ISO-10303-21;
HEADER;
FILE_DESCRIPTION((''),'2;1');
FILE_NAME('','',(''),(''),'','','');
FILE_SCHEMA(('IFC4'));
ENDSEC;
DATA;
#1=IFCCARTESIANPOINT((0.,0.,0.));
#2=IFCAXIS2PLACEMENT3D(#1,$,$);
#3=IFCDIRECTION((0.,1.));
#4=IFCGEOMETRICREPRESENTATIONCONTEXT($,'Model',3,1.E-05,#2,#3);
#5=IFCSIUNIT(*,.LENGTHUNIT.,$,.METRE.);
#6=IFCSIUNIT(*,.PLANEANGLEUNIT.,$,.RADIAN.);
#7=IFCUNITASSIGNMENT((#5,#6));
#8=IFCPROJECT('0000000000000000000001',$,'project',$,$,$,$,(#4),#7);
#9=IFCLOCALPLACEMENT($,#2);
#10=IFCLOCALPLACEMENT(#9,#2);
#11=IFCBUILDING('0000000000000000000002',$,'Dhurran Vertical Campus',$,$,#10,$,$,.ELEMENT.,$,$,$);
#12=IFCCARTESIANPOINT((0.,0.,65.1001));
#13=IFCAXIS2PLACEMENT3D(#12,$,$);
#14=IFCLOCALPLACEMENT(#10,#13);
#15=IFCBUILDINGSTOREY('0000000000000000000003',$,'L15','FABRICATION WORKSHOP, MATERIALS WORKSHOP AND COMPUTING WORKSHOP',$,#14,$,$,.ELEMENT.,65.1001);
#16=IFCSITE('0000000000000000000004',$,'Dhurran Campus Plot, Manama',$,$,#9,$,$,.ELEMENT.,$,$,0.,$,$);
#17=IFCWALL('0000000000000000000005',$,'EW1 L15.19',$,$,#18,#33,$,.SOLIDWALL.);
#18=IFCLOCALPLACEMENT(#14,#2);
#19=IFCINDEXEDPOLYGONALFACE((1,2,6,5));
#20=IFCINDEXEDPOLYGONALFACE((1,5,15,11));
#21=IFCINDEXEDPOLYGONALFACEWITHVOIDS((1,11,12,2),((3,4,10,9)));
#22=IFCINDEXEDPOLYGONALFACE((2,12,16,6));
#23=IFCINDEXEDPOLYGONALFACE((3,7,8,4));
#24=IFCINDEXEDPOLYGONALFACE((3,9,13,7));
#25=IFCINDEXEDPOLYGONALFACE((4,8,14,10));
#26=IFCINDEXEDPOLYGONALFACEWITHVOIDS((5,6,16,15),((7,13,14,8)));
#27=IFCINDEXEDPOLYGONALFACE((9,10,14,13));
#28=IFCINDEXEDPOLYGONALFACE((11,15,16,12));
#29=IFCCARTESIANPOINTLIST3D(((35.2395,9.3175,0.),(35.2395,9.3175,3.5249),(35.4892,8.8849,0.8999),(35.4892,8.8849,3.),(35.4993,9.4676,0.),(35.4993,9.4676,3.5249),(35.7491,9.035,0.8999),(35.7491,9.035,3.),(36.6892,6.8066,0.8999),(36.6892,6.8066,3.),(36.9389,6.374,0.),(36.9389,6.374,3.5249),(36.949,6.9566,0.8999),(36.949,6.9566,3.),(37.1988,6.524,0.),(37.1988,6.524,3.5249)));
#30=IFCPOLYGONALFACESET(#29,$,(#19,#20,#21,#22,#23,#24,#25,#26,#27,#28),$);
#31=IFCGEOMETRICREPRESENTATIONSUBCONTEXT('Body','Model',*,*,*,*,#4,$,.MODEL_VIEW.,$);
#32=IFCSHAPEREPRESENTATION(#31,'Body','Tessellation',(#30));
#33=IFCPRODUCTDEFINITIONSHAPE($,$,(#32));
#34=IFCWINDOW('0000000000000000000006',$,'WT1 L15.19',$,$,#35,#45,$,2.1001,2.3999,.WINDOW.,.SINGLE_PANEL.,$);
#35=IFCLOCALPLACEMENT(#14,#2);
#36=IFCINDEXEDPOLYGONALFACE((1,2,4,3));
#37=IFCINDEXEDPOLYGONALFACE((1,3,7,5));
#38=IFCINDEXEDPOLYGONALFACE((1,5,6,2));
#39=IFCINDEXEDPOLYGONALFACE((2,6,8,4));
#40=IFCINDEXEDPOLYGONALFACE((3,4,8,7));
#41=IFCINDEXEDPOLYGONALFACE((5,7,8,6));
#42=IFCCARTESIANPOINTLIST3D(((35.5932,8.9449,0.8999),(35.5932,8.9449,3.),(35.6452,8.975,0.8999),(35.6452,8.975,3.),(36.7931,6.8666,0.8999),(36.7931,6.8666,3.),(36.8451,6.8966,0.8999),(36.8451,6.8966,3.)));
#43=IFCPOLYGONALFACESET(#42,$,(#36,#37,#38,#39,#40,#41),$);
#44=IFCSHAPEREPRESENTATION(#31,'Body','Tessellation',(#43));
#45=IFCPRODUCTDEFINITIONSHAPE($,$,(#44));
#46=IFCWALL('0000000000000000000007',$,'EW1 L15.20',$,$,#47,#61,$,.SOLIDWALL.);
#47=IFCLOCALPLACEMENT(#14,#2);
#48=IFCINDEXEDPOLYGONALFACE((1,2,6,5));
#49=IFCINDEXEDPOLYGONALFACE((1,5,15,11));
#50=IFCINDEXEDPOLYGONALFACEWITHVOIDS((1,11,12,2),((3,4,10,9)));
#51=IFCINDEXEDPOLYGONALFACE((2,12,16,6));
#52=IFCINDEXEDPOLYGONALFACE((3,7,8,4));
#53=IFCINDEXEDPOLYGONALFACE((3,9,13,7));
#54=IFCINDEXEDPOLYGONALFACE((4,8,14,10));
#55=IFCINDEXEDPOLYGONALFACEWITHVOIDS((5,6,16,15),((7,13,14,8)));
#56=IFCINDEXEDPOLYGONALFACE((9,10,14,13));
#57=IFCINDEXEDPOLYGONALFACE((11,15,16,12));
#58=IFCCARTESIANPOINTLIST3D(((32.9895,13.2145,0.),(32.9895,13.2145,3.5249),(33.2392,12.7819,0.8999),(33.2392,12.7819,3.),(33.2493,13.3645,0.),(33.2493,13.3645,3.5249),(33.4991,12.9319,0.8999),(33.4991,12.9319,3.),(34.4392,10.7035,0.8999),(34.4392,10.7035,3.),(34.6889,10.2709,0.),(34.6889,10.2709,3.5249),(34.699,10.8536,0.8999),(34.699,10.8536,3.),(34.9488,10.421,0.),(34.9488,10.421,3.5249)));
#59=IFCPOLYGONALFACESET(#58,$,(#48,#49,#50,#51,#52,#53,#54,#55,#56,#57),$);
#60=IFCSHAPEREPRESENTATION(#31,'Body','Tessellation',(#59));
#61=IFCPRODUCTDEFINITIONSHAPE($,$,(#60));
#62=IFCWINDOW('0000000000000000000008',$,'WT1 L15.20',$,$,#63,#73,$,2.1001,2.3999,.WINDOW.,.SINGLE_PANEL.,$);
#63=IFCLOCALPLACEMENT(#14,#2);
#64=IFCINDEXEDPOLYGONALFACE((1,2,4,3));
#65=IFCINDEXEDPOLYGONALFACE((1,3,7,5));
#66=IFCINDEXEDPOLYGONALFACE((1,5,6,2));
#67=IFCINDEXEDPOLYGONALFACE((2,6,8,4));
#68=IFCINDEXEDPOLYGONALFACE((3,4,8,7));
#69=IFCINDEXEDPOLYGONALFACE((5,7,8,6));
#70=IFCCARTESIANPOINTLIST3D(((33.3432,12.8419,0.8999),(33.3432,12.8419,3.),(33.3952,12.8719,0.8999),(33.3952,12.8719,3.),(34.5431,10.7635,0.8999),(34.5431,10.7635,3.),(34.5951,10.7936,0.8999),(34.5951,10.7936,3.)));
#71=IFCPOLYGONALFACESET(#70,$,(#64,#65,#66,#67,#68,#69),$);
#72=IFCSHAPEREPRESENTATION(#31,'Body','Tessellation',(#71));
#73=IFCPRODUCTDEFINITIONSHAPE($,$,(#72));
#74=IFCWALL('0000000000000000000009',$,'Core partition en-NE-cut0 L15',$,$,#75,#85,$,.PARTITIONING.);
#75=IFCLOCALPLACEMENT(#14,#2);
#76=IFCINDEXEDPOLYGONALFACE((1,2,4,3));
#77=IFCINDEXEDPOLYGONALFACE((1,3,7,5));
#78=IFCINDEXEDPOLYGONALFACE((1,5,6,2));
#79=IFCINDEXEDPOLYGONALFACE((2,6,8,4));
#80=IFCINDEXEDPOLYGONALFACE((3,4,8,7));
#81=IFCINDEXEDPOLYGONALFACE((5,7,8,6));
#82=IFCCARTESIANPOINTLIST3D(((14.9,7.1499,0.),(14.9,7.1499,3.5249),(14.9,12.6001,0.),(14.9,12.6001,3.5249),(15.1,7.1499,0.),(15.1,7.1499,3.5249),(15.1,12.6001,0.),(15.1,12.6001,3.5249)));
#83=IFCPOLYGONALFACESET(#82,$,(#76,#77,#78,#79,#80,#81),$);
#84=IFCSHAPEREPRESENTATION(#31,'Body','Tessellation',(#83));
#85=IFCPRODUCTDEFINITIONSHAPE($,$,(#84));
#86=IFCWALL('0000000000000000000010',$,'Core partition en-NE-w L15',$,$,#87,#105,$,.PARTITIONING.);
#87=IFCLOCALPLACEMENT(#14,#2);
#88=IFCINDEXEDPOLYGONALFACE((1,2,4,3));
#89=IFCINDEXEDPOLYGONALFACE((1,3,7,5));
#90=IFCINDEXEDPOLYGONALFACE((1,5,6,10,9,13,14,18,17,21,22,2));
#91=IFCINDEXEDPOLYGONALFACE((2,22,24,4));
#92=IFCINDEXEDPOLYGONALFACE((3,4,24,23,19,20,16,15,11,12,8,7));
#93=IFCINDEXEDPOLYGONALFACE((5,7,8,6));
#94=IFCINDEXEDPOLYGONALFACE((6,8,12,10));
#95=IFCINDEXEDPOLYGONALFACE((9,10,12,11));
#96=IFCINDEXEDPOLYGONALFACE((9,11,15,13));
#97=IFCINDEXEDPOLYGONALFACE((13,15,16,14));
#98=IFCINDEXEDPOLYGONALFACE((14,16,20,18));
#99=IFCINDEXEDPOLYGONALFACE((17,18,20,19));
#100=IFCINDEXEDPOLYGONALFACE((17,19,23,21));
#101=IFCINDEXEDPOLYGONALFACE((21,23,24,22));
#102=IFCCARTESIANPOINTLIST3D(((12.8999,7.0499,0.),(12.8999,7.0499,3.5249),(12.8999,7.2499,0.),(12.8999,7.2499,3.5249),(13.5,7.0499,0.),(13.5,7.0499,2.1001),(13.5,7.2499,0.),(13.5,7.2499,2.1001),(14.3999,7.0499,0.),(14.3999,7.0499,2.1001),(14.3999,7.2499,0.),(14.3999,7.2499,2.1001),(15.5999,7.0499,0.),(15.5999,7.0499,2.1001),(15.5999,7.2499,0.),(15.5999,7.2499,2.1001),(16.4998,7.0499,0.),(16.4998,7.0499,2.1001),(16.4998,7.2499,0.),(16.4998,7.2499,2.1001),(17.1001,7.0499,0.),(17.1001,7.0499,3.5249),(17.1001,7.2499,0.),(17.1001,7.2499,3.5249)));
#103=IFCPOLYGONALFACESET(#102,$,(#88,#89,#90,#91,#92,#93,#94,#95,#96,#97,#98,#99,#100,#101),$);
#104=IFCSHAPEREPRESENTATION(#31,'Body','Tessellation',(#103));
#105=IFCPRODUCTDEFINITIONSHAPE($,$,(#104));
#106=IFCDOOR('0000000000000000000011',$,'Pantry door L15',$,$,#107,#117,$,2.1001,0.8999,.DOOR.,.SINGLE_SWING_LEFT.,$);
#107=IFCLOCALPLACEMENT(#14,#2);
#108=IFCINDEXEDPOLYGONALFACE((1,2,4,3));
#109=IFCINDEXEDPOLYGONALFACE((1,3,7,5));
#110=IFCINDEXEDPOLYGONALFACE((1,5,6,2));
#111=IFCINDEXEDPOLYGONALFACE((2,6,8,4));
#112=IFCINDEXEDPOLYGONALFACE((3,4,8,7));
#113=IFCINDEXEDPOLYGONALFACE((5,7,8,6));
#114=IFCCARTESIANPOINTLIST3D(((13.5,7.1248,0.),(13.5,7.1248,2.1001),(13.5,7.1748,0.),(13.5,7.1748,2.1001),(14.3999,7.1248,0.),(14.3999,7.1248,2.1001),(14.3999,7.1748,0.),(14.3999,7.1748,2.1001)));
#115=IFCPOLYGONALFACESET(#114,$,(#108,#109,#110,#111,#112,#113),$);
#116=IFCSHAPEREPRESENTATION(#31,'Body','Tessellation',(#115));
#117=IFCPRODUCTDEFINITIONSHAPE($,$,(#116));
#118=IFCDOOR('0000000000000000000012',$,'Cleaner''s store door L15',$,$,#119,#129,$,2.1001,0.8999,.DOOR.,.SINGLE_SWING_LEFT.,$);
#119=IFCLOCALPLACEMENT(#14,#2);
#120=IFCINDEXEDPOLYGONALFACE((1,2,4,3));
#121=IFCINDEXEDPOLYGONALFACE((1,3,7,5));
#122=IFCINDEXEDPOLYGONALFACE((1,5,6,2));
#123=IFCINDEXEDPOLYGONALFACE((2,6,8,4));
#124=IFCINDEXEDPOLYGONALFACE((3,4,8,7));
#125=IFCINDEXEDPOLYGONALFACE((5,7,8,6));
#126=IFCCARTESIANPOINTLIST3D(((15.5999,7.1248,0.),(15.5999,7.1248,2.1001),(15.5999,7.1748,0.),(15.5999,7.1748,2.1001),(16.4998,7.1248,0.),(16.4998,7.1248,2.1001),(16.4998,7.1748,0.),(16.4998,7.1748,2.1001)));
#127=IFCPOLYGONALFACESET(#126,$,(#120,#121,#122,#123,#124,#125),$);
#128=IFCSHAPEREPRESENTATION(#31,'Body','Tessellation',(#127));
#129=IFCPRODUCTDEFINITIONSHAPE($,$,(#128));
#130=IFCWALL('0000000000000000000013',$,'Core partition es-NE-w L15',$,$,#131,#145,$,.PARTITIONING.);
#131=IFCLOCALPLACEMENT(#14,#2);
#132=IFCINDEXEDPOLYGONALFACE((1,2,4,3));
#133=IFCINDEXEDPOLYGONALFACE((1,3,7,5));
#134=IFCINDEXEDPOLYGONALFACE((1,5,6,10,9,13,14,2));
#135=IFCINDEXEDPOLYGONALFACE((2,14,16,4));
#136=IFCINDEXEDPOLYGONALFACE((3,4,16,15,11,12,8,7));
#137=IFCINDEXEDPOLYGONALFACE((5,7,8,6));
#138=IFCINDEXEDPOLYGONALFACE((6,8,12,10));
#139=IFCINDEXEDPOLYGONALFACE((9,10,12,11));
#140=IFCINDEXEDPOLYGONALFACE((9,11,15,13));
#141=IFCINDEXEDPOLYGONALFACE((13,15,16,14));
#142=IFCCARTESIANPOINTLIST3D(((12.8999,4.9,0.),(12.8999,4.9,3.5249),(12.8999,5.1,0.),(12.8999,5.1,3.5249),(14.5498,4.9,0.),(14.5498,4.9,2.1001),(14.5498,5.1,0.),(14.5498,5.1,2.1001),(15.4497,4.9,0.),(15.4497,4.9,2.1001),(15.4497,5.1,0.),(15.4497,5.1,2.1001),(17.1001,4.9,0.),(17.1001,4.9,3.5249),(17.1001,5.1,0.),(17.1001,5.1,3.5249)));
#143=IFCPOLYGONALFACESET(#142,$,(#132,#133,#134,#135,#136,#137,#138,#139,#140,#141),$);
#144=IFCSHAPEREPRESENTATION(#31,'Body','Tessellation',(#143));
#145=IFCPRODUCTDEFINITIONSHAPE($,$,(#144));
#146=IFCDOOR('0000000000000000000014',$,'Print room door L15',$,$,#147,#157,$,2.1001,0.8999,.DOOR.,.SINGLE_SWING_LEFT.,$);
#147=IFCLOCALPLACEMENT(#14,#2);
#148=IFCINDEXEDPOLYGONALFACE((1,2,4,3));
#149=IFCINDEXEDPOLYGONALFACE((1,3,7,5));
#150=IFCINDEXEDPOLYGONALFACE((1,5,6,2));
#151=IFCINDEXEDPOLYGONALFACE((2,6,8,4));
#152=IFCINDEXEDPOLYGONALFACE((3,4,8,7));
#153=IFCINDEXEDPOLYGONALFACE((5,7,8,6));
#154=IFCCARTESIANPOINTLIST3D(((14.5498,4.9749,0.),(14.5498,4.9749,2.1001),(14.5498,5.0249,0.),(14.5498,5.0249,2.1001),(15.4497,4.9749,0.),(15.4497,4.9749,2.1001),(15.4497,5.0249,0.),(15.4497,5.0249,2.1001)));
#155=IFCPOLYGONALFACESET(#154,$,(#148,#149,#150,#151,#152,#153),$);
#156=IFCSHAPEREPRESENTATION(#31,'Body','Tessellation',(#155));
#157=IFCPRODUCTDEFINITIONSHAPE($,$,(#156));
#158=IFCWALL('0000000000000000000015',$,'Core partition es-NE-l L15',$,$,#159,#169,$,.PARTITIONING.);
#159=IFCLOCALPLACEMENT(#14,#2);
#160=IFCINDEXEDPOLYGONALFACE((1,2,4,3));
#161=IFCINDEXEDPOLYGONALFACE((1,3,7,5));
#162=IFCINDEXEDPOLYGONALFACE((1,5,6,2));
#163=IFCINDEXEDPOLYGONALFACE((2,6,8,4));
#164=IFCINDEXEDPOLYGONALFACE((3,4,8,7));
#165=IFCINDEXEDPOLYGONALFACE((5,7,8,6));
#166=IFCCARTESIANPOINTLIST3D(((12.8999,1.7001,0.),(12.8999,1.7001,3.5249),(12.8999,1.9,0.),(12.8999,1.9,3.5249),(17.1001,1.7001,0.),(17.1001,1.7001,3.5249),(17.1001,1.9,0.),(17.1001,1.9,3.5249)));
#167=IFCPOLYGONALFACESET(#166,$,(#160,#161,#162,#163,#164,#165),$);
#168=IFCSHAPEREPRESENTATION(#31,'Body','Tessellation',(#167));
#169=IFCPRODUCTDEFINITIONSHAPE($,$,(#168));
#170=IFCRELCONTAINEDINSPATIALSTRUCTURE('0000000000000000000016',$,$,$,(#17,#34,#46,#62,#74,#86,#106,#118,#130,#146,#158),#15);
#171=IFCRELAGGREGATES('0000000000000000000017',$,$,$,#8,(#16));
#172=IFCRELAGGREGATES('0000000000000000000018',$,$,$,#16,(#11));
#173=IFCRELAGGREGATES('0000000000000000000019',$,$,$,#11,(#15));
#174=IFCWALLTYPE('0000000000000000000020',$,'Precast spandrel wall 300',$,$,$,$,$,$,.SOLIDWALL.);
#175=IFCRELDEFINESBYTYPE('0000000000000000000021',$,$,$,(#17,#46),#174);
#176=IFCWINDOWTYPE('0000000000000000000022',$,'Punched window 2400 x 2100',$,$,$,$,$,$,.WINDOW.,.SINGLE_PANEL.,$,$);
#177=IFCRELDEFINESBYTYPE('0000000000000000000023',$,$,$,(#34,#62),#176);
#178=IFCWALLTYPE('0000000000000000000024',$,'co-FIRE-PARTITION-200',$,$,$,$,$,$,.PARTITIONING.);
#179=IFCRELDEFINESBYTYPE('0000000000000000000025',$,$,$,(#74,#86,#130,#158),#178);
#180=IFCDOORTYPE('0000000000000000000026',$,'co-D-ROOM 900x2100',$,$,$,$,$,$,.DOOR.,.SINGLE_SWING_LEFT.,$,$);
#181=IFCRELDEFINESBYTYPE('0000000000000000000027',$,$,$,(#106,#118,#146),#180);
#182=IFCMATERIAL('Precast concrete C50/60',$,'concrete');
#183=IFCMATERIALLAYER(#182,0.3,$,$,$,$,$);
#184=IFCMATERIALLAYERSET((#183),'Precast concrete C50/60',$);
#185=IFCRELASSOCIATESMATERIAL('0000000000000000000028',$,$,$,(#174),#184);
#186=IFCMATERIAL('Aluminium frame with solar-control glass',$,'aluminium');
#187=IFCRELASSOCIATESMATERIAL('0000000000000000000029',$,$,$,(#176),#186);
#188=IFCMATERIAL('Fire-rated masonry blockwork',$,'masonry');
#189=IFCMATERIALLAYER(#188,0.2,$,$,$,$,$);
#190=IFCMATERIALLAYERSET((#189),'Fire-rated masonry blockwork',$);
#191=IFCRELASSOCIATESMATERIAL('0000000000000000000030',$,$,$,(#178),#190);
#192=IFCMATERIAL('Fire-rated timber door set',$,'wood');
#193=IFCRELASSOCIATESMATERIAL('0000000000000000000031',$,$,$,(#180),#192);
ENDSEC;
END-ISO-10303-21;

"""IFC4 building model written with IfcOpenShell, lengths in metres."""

from ifc_helpers import new_model, si_unit, direction, frame, frame_2d, origin, place, context, subcontext, project, spatial, rectangle, extrude, material, layer, layer_set, type_object, element, fill, save


model = new_model("IFC4")

# Units and contexts
model_context = context("Model", 3, precision=1e-05, world=origin(), true_north=direction((0.0, 1.0)))
body_context = subcontext(model_context, "Body", "Model", "MODEL_VIEW")
ifc_project = project(units=[si_unit("LENGTHUNIT", "METRE"), si_unit("PLANEANGLEUNIT", "RADIAN")], contexts=[model_context])

# Site, building, storey
site_placement = place(None, origin())
site = spatial("IfcSite", under=ifc_project, at=site_placement, Name="Dhurran Campus Plot, Manama", CompositionType="ELEMENT", RefElevation=0.0)
building_placement = place(site_placement, origin())
building = spatial("IfcBuilding", under=site, at=building_placement, Name="Dhurran Vertical Campus", CompositionType="ELEMENT")
storey_placement = place(building_placement, frame((0.0, 0.0, 65.1001)))
storey = spatial("IfcBuildingStorey", under=building, at=storey_placement, Name="L15", Description="FABRICATION WORKSHOP, MATERIALS WORKSHOP AND COMPUTING WORKSHOP", CompositionType="ELEMENT", Elevation=65.1001)

# Walls, openings, windows
ifc_material_1 = material(Name="Precast concrete C50/60", Category="concrete")
ifc_layer_1 = layer(ifc_material_1, 0.3)
ifc_layer_set_1 = layer_set([ifc_layer_1], Name="Precast concrete C50/60")
wall_type_1 = type_object("IfcWallType", Name="Precast spandrel wall 300", PredefinedType="SOLIDWALL", material=ifc_layer_set_1)
ifc_material_2 = material(Name="Aluminium frame with solar-control glass", Category="aluminium")
window_type = type_object("IfcWindowType", Name="Punched window 2400 x 2100", PartitioningType="SINGLE_PANEL", PredefinedType="WINDOW", material=ifc_material_2)
wall_1_placement = place(storey_placement, frame((37.0688, 6.449, 0.0), z_axis=(0.0, 0.0, 1.0), x_axis=(-0.499994, 0.866029, 0.0)))
wall_1 = element("IfcWall", 1, at=wall_1_placement, inside=storey, type_object=wall_type_1, Name="EW1 L15.19", PredefinedType="SOLIDWALL", context=body_context, shape_type="SweptSolid", body=[
    extrude(rectangle(XDim=3.3989, YDim=0.3, at=frame_2d((1.6995, 0.0))), origin(), (0.0, 0.0, 1.0), 3.5249),
])
opening_1_placement = place(wall_1_placement, frame((0.4995, 0.0, 0.8999)))
opening_1 = element("IfcOpeningElement", 2, at=opening_1_placement, cuts=wall_1, PredefinedType="OPENING", context=body_context, shape_type="SweptSolid", body=[
    extrude(rectangle(XDim=2.3999, YDim=2.1001, at=frame_2d((1.2, 1.05))), frame((0.0, 0.1599, 0.0), z_axis=(0.0, -1.0, 0.0), x_axis=(1.0, 0.0, 0.0)), (0.0, 0.0, 1.0), 0.3201),
])
window_1_placement = place(opening_1_placement, origin())
window_1 = element("IfcWindow", 3, at=window_1_placement, inside=storey, type_object=window_type, Name="WT1 L15.19", OverallHeight=2.1001, OverallWidth=2.3999, PartitioningType="SINGLE_PANEL", PredefinedType="WINDOW", context=body_context, shape_type="SweptSolid", body=[
    extrude(rectangle(XDim=2.3999, YDim=2.1001, at=frame_2d((1.2, 1.05))), frame((0.0, 0.03, 0.0), z_axis=(0.0, -1.0, 0.0), x_axis=(1.0, 0.0, 0.0)), (0.0, 0.0, 1.0), 0.0601),
])
fill(opening_1, window_1)
wall_2_placement = place(storey_placement, frame((34.8188, 10.3459, 0.0), z_axis=(0.0, 0.0, 1.0), x_axis=(-0.499994, 0.866029, 0.0)))
wall_2 = element("IfcWall", 4, at=wall_2_placement, inside=storey, type_object=wall_type_1, Name="EW1 L15.20", PredefinedType="SOLIDWALL", context=body_context, shape_type="SweptSolid", body=[
    extrude(rectangle(XDim=3.3989, YDim=0.3, at=frame_2d((1.6995, 0.0))), origin(), (0.0, 0.0, 1.0), 3.5249),
])
opening_2_placement = place(wall_2_placement, frame((0.4995, 0.0, 0.8999)))
opening_2 = element("IfcOpeningElement", 5, at=opening_2_placement, cuts=wall_2, PredefinedType="OPENING", context=body_context, shape_type="SweptSolid", body=[
    extrude(rectangle(XDim=2.3999, YDim=2.1001, at=frame_2d((1.2, 1.05))), frame((0.0, 0.1599, 0.0), z_axis=(0.0, -1.0, 0.0), x_axis=(1.0, 0.0, 0.0)), (0.0, 0.0, 1.0), 0.3201),
])
window_2_placement = place(opening_2_placement, origin())
window_2 = element("IfcWindow", 6, at=window_2_placement, inside=storey, type_object=window_type, Name="WT1 L15.20", OverallHeight=2.1001, OverallWidth=2.3999, PartitioningType="SINGLE_PANEL", PredefinedType="WINDOW", context=body_context, shape_type="SweptSolid", body=[
    extrude(rectangle(XDim=2.3999, YDim=2.1001, at=frame_2d((1.2, 1.05))), frame((0.0, 0.03, 0.0), z_axis=(0.0, -1.0, 0.0), x_axis=(1.0, 0.0, 0.0)), (0.0, 0.0, 1.0), 0.0601),
])
fill(opening_2, window_2)

# Wall
ifc_material_3 = material(Name="Fire-rated masonry blockwork", Category="masonry")
ifc_layer_2 = layer(ifc_material_3, 0.2)
ifc_layer_set_2 = layer_set([ifc_layer_2], Name="Fire-rated masonry blockwork")
wall_type_2 = type_object("IfcWallType", Name="co-FIRE-PARTITION-200", PredefinedType="PARTITIONING", material=ifc_layer_set_2)
wall_3_placement = place(storey_placement, frame((15.0, 7.1499, 0.0), z_axis=(0.0, 0.0, 1.0), x_axis=(0.0, 1.0, 0.0)))
element("IfcWall", 7, at=wall_3_placement, inside=storey, type_object=wall_type_2, Name="Core partition en-NE-cut0 L15", PredefinedType="PARTITIONING", context=body_context, shape_type="SweptSolid", body=[
    extrude(rectangle(XDim=5.4502, YDim=0.2, at=frame_2d((2.7251, 0.0))), origin(), (0.0, 0.0, 1.0), 3.5249),
])

# Wall, openings, doors
wall_4_placement = place(storey_placement, frame((12.8999, 7.1499, 0.0), z_axis=(0.0, 0.0, 1.0), x_axis=(1.0, 0.0, 0.0)))
wall_4 = element("IfcWall", 8, at=wall_4_placement, inside=storey, type_object=wall_type_2, Name="Core partition en-NE-w L15", PredefinedType="PARTITIONING", context=body_context, shape_type="SweptSolid", body=[
    extrude(rectangle(XDim=4.2002, YDim=0.2, at=frame_2d((2.1001, 0.0))), origin(), (0.0, 0.0, 1.0), 3.5249),
])
opening_3_placement = place(wall_4_placement, frame((0.6001, 0.0, 0.0)))
opening_3 = element("IfcOpeningElement", 9, at=opening_3_placement, cuts=wall_4, PredefinedType="OPENING", context=body_context, shape_type="SweptSolid", body=[
    extrude(rectangle(XDim=0.8999, YDim=2.1001, at=frame_2d((0.45, 1.05))), frame((0.0, 0.1099, 0.0), z_axis=(0.0, -1.0, 0.0), x_axis=(1.0, 0.0, 0.0)), (0.0, 0.0, 1.0), 0.22),
])
opening_4_placement = place(wall_4_placement, frame((2.7, 0.0, 0.0)))
opening_4 = element("IfcOpeningElement", 10, at=opening_4_placement, cuts=wall_4, PredefinedType="OPENING", context=body_context, shape_type="SweptSolid", body=[
    extrude(rectangle(XDim=0.8999, YDim=2.1001, at=frame_2d((0.45, 1.05))), frame((0.0, 0.1099, 0.0), z_axis=(0.0, -1.0, 0.0), x_axis=(1.0, 0.0, 0.0)), (0.0, 0.0, 1.0), 0.22),
])
ifc_material_4 = material(Name="Fire-rated timber door set", Category="wood")
door_type_1 = type_object("IfcDoorType", Name="co-D-ROOM 900x2100", OperationType="SINGLE_SWING_LEFT", PredefinedType="DOOR", material=ifc_material_4)
door_1_placement = place(opening_3_placement, origin())
door_1 = element("IfcDoor", 11, at=door_1_placement, inside=storey, type_object=door_type_1, Name="Pantry door L15", OperationType="SINGLE_SWING_LEFT", OverallHeight=2.1001, OverallWidth=0.8999, PredefinedType="DOOR", context=body_context, shape_type="SweptSolid", body=[
    extrude(rectangle(XDim=0.8999, YDim=2.1001, at=frame_2d((0.45, 1.05))), frame((0.0, 0.0249, 0.0), z_axis=(0.0, -1.0, 0.0), x_axis=(1.0, 0.0, 0.0)), (0.0, 0.0, 1.0), 0.05),
])
fill(opening_3, door_1)
door_2_placement = place(opening_4_placement, origin())
door_2 = element("IfcDoor", 12, at=door_2_placement, inside=storey, type_object=door_type_1, Name="Cleaner's store door L15", OperationType="SINGLE_SWING_LEFT", OverallHeight=2.1001, OverallWidth=0.8999, PredefinedType="DOOR", context=body_context, shape_type="SweptSolid", body=[
    extrude(rectangle(XDim=0.8999, YDim=2.1001, at=frame_2d((0.45, 1.05))), frame((0.0, 0.0249, 0.0), z_axis=(0.0, -1.0, 0.0), x_axis=(1.0, 0.0, 0.0)), (0.0, 0.0, 1.0), 0.05),
])
fill(opening_4, door_2)

# Wall, opening, door
wall_5_placement = place(storey_placement, frame((12.8999, 5.0, 0.0), z_axis=(0.0, 0.0, 1.0), x_axis=(1.0, 0.0, 0.0)))
wall_5 = element("IfcWall", 13, at=wall_5_placement, inside=storey, type_object=wall_type_2, Name="Core partition es-NE-w L15", PredefinedType="PARTITIONING", context=body_context, shape_type="SweptSolid", body=[
    extrude(rectangle(XDim=4.2002, YDim=0.2, at=frame_2d((2.1001, 0.0))), origin(), (0.0, 0.0, 1.0), 3.5249),
])
opening_5_placement = place(wall_5_placement, frame((1.6499, 0.0, 0.0)))
opening_5 = element("IfcOpeningElement", 14, at=opening_5_placement, cuts=wall_5, PredefinedType="OPENING", context=body_context, shape_type="SweptSolid", body=[
    extrude(rectangle(XDim=0.8999, YDim=2.1001, at=frame_2d((0.45, 1.05))), frame((0.0, 0.1099, 0.0), z_axis=(0.0, -1.0, 0.0), x_axis=(1.0, 0.0, 0.0)), (0.0, 0.0, 1.0), 0.22),
])
door_3_placement = place(opening_5_placement, origin())
door_3 = element("IfcDoor", 15, at=door_3_placement, inside=storey, type_object=door_type_1, Name="Print room door L15", OperationType="SINGLE_SWING_LEFT", OverallHeight=2.1001, OverallWidth=0.8999, PredefinedType="DOOR", context=body_context, shape_type="SweptSolid", body=[
    extrude(rectangle(XDim=0.8999, YDim=2.1001, at=frame_2d((0.45, 1.05))), frame((0.0, 0.0249, 0.0), z_axis=(0.0, -1.0, 0.0), x_axis=(1.0, 0.0, 0.0)), (0.0, 0.0, 1.0), 0.05),
])
fill(opening_5, door_3)

# Wall
wall_6_placement = place(storey_placement, frame((12.8999, 1.8, 0.0), z_axis=(0.0, 0.0, 1.0), x_axis=(1.0, 0.0, 0.0)))
element("IfcWall", 16, at=wall_6_placement, inside=storey, type_object=wall_type_2, Name="Core partition es-NE-l L15", PredefinedType="PARTITIONING", context=body_context, shape_type="SweptSolid", body=[
    extrude(rectangle(XDim=4.2002, YDim=0.2, at=frame_2d((2.1001, 0.0))), origin(), (0.0, 0.0, 1.0), 3.5249),
])

save(model, "model.ifc")
